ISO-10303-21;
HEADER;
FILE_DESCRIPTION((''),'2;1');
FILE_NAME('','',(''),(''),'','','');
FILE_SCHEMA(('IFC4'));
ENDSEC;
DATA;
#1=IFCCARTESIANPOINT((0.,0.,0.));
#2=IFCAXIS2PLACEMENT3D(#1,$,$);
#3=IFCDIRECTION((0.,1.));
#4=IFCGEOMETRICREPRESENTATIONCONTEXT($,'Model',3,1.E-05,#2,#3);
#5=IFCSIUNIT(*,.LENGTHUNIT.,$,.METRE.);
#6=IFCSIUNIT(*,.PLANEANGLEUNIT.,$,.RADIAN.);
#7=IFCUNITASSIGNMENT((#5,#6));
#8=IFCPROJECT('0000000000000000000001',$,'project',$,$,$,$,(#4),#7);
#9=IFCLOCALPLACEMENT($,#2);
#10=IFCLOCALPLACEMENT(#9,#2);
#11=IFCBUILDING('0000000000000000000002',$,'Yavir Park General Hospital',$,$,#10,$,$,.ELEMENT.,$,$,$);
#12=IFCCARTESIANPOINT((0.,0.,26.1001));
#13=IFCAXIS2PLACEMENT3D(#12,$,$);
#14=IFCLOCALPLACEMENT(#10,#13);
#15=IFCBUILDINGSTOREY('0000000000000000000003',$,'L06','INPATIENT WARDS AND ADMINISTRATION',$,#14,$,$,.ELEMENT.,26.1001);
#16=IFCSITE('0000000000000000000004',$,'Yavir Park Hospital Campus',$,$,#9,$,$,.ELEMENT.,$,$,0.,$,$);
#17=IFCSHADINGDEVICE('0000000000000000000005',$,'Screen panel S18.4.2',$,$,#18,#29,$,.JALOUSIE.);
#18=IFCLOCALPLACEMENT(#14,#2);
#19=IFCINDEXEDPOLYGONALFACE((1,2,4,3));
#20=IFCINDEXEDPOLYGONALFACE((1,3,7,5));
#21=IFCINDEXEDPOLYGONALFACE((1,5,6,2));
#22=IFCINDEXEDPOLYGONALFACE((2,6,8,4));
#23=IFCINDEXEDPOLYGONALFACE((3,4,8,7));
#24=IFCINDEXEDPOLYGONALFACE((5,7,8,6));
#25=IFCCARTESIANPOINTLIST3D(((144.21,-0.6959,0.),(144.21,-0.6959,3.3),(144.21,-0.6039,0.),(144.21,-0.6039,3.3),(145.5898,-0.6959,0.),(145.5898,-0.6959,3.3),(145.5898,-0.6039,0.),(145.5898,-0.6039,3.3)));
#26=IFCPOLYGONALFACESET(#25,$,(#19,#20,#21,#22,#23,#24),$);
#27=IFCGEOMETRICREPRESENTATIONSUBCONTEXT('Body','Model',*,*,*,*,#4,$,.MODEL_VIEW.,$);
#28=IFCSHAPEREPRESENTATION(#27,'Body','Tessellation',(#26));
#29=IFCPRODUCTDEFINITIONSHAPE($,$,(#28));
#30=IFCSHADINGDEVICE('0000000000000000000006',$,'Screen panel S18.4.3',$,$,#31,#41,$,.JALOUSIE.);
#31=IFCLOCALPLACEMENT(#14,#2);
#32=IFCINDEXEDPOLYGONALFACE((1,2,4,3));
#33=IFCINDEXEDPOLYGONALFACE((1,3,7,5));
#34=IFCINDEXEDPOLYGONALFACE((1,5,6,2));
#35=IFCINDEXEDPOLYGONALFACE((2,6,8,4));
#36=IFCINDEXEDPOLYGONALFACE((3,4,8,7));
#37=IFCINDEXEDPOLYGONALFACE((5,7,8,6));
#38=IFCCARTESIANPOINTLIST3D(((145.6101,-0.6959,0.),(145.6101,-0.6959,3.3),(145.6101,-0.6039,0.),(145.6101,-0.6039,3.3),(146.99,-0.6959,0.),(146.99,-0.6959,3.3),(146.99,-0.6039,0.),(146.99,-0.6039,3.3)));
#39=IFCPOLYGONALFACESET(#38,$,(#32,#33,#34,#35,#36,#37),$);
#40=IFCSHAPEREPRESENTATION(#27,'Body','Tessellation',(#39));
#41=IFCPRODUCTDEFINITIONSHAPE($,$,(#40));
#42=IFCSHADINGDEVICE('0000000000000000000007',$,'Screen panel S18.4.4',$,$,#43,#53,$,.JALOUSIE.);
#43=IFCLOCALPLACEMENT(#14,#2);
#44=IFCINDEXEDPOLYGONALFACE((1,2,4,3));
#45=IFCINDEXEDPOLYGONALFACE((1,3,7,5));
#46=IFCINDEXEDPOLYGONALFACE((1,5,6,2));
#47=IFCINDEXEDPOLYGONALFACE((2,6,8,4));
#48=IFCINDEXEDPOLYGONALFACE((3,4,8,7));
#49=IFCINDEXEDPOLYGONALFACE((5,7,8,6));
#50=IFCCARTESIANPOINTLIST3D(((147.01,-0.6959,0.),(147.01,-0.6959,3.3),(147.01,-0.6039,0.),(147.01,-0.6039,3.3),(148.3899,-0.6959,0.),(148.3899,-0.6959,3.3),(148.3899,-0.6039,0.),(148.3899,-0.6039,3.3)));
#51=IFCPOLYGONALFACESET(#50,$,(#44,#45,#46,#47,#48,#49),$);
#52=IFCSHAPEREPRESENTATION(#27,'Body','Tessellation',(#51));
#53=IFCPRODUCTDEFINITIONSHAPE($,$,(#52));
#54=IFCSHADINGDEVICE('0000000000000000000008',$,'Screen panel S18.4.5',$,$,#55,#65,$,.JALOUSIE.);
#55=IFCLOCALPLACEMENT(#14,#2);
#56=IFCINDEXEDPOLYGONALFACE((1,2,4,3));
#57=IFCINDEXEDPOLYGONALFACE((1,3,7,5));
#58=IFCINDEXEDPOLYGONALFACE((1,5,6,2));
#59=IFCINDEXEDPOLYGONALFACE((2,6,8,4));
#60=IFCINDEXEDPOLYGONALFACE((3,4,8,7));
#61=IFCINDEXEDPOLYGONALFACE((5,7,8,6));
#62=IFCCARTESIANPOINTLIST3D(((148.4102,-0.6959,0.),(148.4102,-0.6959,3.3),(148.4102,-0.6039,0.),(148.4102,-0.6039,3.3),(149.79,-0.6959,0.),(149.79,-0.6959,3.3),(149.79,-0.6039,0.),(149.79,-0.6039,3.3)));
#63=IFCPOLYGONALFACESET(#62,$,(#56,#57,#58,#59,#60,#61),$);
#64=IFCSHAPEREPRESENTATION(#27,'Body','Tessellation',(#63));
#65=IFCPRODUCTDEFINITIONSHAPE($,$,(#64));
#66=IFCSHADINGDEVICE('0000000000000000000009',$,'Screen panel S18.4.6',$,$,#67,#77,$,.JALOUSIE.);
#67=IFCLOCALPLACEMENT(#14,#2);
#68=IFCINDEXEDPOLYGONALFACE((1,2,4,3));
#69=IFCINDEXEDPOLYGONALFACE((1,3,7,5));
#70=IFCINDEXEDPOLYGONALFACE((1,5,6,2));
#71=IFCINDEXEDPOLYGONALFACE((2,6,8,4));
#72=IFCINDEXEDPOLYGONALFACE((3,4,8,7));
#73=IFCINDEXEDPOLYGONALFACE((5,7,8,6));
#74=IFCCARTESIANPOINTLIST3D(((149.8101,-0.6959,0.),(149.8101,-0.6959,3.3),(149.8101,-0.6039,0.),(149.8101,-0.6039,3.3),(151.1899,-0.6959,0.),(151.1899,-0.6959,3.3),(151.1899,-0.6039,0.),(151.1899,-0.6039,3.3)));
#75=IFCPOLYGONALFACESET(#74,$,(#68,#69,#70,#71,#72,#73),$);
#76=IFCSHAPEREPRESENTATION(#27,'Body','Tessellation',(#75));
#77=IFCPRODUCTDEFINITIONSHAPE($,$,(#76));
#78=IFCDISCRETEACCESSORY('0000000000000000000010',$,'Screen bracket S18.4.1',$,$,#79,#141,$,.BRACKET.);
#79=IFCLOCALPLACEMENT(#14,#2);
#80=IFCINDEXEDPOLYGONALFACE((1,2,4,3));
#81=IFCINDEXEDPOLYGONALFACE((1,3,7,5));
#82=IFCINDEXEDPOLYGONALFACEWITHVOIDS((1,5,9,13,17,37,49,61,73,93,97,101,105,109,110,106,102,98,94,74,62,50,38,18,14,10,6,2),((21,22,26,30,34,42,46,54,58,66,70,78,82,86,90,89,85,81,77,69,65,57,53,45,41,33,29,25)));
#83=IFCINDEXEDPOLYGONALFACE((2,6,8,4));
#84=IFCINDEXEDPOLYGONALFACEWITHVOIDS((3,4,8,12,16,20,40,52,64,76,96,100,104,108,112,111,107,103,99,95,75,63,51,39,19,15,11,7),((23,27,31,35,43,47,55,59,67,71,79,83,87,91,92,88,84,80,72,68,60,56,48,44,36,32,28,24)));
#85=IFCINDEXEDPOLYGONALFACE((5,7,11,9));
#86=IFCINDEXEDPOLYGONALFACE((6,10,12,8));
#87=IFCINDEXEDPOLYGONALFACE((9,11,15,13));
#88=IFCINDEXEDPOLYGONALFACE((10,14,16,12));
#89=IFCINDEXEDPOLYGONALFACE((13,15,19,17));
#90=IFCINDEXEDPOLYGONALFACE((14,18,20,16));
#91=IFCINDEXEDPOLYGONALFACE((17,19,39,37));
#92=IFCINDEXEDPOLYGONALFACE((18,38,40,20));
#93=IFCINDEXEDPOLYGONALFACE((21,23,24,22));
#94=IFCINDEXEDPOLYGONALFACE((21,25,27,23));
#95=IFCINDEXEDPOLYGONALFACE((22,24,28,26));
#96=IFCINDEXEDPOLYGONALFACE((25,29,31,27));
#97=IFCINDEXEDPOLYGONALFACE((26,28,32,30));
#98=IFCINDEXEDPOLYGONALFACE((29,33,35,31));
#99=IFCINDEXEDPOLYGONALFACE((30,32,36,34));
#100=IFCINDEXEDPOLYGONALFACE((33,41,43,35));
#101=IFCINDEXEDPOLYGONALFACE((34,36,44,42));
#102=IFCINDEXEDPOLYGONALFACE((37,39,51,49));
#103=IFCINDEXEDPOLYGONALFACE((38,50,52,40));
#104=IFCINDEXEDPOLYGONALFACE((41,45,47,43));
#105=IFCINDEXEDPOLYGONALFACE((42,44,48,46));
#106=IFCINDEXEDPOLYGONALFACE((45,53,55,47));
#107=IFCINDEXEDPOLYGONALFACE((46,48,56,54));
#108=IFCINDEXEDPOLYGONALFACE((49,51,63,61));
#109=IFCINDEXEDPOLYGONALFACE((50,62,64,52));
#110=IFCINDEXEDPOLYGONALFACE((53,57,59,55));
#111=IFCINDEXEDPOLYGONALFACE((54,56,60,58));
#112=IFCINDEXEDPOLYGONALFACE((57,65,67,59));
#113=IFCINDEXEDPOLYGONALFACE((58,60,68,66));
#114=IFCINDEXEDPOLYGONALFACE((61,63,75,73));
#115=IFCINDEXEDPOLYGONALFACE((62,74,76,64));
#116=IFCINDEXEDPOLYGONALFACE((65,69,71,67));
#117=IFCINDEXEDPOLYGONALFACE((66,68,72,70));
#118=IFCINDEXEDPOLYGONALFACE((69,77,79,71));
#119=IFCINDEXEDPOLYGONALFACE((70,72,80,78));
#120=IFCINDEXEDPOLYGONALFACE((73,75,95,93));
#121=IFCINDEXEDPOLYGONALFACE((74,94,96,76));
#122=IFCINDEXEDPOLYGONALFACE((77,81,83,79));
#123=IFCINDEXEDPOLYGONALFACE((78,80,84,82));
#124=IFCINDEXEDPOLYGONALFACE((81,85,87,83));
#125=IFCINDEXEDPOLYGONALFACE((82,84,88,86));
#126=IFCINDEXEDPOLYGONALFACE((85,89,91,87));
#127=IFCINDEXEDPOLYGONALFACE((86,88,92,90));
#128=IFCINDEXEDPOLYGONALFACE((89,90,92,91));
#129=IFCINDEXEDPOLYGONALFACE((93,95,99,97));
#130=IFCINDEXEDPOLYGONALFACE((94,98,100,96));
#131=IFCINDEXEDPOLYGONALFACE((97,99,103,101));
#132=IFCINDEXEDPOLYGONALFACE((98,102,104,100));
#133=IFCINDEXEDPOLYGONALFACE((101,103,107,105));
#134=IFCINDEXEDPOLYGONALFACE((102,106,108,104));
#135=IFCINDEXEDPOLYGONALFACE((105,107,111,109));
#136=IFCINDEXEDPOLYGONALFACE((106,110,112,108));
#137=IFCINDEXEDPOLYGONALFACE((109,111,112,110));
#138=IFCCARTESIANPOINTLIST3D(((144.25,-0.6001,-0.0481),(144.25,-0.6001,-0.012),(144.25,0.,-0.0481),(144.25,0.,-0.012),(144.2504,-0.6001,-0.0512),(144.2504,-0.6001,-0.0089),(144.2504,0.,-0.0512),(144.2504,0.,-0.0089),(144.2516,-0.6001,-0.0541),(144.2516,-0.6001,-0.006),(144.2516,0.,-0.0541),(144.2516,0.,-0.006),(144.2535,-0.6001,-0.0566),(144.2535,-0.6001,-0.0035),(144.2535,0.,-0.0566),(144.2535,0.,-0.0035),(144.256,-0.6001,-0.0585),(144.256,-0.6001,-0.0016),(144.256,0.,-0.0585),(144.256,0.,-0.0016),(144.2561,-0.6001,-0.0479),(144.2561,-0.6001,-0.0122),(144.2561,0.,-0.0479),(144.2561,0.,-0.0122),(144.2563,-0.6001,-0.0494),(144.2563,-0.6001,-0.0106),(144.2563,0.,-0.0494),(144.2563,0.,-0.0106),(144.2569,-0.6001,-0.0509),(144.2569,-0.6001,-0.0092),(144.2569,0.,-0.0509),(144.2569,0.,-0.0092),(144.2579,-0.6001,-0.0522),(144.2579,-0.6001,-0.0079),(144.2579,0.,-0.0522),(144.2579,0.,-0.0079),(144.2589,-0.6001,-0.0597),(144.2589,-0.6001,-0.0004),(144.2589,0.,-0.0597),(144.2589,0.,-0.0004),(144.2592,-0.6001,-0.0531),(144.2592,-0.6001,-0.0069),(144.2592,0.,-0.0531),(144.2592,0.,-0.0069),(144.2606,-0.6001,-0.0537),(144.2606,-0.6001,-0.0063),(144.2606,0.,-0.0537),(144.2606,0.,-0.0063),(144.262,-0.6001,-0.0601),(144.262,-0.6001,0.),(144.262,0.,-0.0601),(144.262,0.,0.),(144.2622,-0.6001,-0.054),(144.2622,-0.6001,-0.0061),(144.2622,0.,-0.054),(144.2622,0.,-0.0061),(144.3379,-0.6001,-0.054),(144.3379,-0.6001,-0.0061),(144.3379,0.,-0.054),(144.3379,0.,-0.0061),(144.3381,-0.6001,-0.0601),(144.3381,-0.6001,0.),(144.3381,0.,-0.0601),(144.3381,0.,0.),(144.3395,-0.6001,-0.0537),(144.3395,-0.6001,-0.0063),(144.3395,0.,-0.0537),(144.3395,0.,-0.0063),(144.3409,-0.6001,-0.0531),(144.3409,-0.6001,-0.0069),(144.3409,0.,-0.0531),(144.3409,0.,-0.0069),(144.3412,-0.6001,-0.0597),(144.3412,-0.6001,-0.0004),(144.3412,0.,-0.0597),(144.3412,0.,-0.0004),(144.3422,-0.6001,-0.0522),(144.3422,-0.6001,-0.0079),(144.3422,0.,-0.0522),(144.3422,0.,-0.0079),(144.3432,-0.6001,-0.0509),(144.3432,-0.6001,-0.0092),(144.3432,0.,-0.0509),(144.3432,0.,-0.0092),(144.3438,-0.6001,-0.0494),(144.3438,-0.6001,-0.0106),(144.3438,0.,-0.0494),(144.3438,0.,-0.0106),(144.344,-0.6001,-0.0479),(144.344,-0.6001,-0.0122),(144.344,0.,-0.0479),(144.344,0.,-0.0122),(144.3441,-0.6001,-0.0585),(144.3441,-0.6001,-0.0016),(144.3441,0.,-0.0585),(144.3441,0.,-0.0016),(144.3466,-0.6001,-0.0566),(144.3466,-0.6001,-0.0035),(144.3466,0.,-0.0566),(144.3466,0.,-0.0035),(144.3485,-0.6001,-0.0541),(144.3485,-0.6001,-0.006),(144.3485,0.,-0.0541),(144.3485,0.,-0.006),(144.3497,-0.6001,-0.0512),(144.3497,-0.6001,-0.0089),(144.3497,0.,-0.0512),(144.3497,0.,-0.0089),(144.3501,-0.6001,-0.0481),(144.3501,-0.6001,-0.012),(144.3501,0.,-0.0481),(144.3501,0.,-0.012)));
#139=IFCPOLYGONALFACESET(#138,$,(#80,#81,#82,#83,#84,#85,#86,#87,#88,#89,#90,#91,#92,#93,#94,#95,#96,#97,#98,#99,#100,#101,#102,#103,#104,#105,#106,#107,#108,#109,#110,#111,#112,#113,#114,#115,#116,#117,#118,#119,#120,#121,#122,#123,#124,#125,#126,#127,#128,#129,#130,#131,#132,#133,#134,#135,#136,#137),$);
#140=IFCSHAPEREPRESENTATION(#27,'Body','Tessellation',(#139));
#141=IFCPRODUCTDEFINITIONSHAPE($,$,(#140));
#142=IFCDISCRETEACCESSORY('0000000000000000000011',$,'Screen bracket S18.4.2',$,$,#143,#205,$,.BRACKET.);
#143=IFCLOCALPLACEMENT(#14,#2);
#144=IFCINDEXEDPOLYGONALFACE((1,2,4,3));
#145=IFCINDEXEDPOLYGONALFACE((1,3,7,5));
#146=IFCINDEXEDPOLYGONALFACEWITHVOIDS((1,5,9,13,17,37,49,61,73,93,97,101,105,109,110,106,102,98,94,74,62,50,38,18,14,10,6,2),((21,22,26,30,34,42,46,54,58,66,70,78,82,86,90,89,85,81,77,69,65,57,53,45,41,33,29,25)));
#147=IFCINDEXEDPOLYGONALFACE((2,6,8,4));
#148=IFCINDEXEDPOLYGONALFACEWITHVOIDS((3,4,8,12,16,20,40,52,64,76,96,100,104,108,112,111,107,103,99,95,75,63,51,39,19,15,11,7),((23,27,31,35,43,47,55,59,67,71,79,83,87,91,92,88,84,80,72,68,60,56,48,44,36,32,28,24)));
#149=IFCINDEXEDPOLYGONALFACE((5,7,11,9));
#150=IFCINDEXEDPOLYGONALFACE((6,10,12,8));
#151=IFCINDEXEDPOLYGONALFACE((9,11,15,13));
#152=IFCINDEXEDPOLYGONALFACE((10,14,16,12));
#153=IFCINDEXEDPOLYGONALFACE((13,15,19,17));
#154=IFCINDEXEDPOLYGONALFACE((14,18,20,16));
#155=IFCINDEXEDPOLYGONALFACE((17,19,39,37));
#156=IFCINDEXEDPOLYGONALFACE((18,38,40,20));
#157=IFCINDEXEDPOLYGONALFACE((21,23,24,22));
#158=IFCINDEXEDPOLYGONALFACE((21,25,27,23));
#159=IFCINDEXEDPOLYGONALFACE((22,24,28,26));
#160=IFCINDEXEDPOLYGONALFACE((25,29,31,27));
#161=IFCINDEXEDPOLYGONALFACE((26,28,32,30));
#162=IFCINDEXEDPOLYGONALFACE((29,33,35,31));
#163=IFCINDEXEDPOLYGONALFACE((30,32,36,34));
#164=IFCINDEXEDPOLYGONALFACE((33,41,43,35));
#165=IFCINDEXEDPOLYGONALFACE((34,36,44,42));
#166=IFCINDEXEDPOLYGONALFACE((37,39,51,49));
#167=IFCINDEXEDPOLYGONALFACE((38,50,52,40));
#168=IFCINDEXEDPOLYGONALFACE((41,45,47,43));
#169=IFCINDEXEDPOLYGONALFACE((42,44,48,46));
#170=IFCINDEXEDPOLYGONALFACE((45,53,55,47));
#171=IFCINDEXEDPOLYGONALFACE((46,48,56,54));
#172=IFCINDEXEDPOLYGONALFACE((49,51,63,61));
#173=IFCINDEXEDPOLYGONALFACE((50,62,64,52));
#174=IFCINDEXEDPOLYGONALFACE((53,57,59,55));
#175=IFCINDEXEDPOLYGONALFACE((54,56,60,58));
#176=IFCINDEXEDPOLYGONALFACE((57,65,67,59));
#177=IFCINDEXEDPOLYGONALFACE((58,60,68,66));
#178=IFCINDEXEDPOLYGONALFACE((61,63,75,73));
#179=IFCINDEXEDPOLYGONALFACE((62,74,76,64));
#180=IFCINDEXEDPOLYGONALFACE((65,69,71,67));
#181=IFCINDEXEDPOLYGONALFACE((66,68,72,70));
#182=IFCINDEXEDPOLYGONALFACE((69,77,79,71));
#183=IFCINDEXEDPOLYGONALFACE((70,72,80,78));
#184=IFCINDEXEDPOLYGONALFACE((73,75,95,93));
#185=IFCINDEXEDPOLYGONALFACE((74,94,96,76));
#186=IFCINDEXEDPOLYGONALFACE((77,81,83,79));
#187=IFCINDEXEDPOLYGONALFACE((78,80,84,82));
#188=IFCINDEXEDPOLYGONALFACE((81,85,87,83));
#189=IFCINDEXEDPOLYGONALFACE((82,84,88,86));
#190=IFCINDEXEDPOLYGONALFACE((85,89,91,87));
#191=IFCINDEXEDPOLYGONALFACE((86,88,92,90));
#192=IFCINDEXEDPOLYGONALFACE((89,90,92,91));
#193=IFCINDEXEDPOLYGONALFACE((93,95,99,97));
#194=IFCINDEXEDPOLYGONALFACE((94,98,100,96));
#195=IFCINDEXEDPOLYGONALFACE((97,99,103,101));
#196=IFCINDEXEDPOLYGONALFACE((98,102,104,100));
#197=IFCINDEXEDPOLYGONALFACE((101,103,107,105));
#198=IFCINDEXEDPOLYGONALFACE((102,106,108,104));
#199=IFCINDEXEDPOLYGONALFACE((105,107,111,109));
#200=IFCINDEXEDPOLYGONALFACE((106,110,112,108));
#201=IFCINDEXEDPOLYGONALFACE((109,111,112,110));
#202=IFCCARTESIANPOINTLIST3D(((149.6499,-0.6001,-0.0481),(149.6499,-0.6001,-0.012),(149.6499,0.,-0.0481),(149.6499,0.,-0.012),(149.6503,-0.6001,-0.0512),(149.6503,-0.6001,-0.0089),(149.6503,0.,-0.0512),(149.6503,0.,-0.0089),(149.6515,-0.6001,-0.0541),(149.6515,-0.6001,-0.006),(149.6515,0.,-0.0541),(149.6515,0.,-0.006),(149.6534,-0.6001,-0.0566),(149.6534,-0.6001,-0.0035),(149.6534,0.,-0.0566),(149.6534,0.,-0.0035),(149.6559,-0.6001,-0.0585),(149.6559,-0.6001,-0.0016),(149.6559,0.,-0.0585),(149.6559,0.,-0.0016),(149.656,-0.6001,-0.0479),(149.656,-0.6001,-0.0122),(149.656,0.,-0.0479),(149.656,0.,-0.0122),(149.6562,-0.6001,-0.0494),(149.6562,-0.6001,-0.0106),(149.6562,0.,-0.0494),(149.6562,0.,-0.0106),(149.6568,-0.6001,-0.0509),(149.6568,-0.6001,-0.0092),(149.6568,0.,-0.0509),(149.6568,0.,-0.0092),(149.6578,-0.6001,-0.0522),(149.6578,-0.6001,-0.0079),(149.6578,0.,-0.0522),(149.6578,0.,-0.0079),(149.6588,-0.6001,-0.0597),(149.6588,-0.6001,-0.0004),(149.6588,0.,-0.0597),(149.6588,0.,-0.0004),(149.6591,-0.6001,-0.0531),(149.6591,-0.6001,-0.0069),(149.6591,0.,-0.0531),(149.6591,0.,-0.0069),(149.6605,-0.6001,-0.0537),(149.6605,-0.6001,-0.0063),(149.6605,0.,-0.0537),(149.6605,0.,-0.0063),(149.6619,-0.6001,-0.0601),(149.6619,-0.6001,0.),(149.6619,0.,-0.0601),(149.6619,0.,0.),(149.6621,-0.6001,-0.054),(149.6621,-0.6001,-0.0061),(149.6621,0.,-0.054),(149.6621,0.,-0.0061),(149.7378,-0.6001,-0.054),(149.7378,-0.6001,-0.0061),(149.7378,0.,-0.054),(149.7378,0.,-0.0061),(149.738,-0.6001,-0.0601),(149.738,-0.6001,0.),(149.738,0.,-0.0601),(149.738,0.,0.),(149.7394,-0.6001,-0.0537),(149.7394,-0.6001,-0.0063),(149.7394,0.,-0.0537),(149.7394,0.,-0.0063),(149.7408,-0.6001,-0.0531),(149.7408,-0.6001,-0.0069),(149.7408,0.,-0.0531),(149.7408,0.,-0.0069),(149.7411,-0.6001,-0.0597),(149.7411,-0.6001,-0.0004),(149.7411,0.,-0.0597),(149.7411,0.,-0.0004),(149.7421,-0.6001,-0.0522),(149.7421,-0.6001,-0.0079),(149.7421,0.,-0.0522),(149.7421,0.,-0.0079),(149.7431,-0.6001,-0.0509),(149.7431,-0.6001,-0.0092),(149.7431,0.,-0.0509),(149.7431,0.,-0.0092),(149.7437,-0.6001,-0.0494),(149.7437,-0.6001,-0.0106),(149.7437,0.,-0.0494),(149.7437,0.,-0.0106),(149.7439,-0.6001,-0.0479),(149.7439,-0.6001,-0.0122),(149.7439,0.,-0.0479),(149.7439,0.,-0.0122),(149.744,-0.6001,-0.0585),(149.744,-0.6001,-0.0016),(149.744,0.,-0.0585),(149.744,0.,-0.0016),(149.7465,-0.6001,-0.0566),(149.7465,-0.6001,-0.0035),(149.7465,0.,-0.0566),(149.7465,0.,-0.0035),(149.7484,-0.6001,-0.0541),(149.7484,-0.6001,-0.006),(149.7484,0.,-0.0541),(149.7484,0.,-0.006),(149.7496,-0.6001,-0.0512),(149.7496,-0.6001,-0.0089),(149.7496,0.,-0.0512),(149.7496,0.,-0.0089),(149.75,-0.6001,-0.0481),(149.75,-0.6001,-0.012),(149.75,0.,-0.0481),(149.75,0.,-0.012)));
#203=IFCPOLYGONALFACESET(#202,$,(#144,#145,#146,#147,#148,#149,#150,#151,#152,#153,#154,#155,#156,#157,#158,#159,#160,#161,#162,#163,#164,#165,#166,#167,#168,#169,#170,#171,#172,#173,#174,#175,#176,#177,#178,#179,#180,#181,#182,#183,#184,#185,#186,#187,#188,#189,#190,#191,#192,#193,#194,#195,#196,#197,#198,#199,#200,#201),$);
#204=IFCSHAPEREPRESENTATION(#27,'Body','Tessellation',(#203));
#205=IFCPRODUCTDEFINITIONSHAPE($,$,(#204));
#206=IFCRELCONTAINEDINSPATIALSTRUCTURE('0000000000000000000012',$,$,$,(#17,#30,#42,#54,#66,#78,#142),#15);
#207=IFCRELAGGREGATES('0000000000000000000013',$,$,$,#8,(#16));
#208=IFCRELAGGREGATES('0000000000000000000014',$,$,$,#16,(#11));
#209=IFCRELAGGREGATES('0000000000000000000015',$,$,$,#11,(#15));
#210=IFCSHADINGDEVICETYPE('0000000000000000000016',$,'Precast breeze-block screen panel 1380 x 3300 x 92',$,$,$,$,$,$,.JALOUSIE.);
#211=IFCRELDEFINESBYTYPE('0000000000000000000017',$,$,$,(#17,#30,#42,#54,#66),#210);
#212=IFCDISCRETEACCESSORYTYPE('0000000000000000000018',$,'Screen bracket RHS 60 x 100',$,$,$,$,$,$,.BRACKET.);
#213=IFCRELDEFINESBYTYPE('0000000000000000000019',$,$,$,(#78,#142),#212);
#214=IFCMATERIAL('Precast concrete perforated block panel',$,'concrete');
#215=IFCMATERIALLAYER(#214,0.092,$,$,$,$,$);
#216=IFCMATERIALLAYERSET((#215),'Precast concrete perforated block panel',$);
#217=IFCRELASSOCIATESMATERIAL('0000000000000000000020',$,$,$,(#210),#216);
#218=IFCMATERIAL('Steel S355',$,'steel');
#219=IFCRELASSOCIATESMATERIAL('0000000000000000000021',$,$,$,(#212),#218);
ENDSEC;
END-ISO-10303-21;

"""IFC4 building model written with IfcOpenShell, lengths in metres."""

from ifc_helpers import new_model, si_unit, direction, frame, origin, origin_2d, place, context, subcontext, project, spatial, rectangle, hollow_rectangle, extrude, material, layer, layer_set, material_profile, profile_set, type_object, element, save


model = new_model("IFC4")

# Units and contexts
model_context = context("Model", 3, precision=1e-05, world=origin(), true_north=direction((0.0, 1.0)))
body_context = subcontext(model_context, "Body", "Model", "MODEL_VIEW")
ifc_project = project(units=[si_unit("LENGTHUNIT", "METRE"), si_unit("PLANEANGLEUNIT", "RADIAN")], contexts=[model_context])

# Site, building, storey
site_placement = place(None, origin())
site = spatial("IfcSite", under=ifc_project, at=site_placement, Name="Yavir Park Hospital Campus", CompositionType="ELEMENT", RefElevation=0.0)
building_placement = place(site_placement, origin())
building = spatial("IfcBuilding", under=site, at=building_placement, Name="Yavir Park General Hospital", CompositionType="ELEMENT")
storey_placement = place(building_placement, frame((0.0, 0.0, 26.1001)))
storey = spatial("IfcBuildingStorey", under=building, at=storey_placement, Name="L06", Description="INPATIENT WARDS AND ADMINISTRATION", CompositionType="ELEMENT", Elevation=26.1001)

# Shading devices
ifc_material_1 = material(Name="Precast concrete perforated block panel", Category="concrete")
ifc_layer_1 = layer(ifc_material_1, 0.092)
ifc_layer_set_1 = layer_set([ifc_layer_1], Name="Precast concrete perforated block panel")
shading_device_type = type_object("IfcShadingDeviceType", Name="Precast breeze-block screen panel 1380 x 3300 x 92", PredefinedType="JALOUSIE", material=ifc_layer_set_1)
for number, where, z_axis, x_axis, name in (
    (1, (144.8999, -0.6499, 0.0), (0.0, 0.0, 1.0), (1.0, 0.0, 0.0), "Screen panel S18.4.2"),
    (2, (146.3, -0.6499, 0.0), (0.0, 0.0, 1.0), (1.0, 0.0, 0.0), "Screen panel S18.4.3"),
    (3, (147.7, -0.6499, 0.0), (0.0, 0.0, 1.0), (1.0, 0.0, 0.0), "Screen panel S18.4.4"),
    (4, (149.1001, -0.6499, 0.0), (0.0, 0.0, 1.0), (1.0, 0.0, 0.0), "Screen panel S18.4.5"),
    (5, (150.5, -0.6499, 0.0), (0.0, 0.0, 1.0), (1.0, 0.0, 0.0), "Screen panel S18.4.6"),
):
    element("IfcShadingDevice", number, at=place(storey_placement, frame(where, z_axis=z_axis, x_axis=x_axis)), inside=storey, type_object=shading_device_type, Name=name, PredefinedType="JALOUSIE", context=body_context, shape_type="SweptSolid", body=[
        extrude(rectangle(XDim=1.3799, YDim=0.092, at=origin_2d()), origin(), (0.0, 0.0, 1.0), 3.3),
    ])

# Discrete accessories
ifc_material_2 = material(Name="Steel S355", Category="steel")
ifc_material_profile_1 = material_profile(ifc_material_2, hollow_rectangle(XDim=0.1001, YDim=0.0601, WallThickness=0.0061, InnerFilletRadius=0.0061, OuterFilletRadius=0.012, at=origin_2d()), Name="RHS60x100x6")
ifc_profile_set_1 = profile_set([ifc_material_profile_1], Name="Steel S355")
discrete_accessory_type_1 = type_object("IfcDiscreteAccessoryType", Name="Screen bracket RHS 60 x 100", PredefinedType="BRACKET", material=ifc_profile_set_1)
for number, where, z_axis, x_axis, name in (
    (6, (144.3, 0.0, -0.03), (0.0, -1.0, 0.0), (1.0, 0.0, 0.0), "Screen bracket S18.4.1"),
    (7, (149.7, 0.0, -0.03), (0.0, -1.0, 0.0), (1.0, 0.0, 0.0), "Screen bracket S18.4.2"),
):
    element("IfcDiscreteAccessory", number, at=place(storey_placement, frame(where, z_axis=z_axis, x_axis=x_axis)), inside=storey, type_object=discrete_accessory_type_1, Name=name, PredefinedType="BRACKET", context=body_context, shape_type="SweptSolid", body=[
        extrude(hollow_rectangle(XDim=0.1001, YDim=0.0601, WallThickness=0.0061, InnerFilletRadius=0.0061, OuterFilletRadius=0.012, at=origin_2d()), origin(), (0.0, 0.0, 1.0), 0.6001),
    ])

save(model, "model.ifc")
